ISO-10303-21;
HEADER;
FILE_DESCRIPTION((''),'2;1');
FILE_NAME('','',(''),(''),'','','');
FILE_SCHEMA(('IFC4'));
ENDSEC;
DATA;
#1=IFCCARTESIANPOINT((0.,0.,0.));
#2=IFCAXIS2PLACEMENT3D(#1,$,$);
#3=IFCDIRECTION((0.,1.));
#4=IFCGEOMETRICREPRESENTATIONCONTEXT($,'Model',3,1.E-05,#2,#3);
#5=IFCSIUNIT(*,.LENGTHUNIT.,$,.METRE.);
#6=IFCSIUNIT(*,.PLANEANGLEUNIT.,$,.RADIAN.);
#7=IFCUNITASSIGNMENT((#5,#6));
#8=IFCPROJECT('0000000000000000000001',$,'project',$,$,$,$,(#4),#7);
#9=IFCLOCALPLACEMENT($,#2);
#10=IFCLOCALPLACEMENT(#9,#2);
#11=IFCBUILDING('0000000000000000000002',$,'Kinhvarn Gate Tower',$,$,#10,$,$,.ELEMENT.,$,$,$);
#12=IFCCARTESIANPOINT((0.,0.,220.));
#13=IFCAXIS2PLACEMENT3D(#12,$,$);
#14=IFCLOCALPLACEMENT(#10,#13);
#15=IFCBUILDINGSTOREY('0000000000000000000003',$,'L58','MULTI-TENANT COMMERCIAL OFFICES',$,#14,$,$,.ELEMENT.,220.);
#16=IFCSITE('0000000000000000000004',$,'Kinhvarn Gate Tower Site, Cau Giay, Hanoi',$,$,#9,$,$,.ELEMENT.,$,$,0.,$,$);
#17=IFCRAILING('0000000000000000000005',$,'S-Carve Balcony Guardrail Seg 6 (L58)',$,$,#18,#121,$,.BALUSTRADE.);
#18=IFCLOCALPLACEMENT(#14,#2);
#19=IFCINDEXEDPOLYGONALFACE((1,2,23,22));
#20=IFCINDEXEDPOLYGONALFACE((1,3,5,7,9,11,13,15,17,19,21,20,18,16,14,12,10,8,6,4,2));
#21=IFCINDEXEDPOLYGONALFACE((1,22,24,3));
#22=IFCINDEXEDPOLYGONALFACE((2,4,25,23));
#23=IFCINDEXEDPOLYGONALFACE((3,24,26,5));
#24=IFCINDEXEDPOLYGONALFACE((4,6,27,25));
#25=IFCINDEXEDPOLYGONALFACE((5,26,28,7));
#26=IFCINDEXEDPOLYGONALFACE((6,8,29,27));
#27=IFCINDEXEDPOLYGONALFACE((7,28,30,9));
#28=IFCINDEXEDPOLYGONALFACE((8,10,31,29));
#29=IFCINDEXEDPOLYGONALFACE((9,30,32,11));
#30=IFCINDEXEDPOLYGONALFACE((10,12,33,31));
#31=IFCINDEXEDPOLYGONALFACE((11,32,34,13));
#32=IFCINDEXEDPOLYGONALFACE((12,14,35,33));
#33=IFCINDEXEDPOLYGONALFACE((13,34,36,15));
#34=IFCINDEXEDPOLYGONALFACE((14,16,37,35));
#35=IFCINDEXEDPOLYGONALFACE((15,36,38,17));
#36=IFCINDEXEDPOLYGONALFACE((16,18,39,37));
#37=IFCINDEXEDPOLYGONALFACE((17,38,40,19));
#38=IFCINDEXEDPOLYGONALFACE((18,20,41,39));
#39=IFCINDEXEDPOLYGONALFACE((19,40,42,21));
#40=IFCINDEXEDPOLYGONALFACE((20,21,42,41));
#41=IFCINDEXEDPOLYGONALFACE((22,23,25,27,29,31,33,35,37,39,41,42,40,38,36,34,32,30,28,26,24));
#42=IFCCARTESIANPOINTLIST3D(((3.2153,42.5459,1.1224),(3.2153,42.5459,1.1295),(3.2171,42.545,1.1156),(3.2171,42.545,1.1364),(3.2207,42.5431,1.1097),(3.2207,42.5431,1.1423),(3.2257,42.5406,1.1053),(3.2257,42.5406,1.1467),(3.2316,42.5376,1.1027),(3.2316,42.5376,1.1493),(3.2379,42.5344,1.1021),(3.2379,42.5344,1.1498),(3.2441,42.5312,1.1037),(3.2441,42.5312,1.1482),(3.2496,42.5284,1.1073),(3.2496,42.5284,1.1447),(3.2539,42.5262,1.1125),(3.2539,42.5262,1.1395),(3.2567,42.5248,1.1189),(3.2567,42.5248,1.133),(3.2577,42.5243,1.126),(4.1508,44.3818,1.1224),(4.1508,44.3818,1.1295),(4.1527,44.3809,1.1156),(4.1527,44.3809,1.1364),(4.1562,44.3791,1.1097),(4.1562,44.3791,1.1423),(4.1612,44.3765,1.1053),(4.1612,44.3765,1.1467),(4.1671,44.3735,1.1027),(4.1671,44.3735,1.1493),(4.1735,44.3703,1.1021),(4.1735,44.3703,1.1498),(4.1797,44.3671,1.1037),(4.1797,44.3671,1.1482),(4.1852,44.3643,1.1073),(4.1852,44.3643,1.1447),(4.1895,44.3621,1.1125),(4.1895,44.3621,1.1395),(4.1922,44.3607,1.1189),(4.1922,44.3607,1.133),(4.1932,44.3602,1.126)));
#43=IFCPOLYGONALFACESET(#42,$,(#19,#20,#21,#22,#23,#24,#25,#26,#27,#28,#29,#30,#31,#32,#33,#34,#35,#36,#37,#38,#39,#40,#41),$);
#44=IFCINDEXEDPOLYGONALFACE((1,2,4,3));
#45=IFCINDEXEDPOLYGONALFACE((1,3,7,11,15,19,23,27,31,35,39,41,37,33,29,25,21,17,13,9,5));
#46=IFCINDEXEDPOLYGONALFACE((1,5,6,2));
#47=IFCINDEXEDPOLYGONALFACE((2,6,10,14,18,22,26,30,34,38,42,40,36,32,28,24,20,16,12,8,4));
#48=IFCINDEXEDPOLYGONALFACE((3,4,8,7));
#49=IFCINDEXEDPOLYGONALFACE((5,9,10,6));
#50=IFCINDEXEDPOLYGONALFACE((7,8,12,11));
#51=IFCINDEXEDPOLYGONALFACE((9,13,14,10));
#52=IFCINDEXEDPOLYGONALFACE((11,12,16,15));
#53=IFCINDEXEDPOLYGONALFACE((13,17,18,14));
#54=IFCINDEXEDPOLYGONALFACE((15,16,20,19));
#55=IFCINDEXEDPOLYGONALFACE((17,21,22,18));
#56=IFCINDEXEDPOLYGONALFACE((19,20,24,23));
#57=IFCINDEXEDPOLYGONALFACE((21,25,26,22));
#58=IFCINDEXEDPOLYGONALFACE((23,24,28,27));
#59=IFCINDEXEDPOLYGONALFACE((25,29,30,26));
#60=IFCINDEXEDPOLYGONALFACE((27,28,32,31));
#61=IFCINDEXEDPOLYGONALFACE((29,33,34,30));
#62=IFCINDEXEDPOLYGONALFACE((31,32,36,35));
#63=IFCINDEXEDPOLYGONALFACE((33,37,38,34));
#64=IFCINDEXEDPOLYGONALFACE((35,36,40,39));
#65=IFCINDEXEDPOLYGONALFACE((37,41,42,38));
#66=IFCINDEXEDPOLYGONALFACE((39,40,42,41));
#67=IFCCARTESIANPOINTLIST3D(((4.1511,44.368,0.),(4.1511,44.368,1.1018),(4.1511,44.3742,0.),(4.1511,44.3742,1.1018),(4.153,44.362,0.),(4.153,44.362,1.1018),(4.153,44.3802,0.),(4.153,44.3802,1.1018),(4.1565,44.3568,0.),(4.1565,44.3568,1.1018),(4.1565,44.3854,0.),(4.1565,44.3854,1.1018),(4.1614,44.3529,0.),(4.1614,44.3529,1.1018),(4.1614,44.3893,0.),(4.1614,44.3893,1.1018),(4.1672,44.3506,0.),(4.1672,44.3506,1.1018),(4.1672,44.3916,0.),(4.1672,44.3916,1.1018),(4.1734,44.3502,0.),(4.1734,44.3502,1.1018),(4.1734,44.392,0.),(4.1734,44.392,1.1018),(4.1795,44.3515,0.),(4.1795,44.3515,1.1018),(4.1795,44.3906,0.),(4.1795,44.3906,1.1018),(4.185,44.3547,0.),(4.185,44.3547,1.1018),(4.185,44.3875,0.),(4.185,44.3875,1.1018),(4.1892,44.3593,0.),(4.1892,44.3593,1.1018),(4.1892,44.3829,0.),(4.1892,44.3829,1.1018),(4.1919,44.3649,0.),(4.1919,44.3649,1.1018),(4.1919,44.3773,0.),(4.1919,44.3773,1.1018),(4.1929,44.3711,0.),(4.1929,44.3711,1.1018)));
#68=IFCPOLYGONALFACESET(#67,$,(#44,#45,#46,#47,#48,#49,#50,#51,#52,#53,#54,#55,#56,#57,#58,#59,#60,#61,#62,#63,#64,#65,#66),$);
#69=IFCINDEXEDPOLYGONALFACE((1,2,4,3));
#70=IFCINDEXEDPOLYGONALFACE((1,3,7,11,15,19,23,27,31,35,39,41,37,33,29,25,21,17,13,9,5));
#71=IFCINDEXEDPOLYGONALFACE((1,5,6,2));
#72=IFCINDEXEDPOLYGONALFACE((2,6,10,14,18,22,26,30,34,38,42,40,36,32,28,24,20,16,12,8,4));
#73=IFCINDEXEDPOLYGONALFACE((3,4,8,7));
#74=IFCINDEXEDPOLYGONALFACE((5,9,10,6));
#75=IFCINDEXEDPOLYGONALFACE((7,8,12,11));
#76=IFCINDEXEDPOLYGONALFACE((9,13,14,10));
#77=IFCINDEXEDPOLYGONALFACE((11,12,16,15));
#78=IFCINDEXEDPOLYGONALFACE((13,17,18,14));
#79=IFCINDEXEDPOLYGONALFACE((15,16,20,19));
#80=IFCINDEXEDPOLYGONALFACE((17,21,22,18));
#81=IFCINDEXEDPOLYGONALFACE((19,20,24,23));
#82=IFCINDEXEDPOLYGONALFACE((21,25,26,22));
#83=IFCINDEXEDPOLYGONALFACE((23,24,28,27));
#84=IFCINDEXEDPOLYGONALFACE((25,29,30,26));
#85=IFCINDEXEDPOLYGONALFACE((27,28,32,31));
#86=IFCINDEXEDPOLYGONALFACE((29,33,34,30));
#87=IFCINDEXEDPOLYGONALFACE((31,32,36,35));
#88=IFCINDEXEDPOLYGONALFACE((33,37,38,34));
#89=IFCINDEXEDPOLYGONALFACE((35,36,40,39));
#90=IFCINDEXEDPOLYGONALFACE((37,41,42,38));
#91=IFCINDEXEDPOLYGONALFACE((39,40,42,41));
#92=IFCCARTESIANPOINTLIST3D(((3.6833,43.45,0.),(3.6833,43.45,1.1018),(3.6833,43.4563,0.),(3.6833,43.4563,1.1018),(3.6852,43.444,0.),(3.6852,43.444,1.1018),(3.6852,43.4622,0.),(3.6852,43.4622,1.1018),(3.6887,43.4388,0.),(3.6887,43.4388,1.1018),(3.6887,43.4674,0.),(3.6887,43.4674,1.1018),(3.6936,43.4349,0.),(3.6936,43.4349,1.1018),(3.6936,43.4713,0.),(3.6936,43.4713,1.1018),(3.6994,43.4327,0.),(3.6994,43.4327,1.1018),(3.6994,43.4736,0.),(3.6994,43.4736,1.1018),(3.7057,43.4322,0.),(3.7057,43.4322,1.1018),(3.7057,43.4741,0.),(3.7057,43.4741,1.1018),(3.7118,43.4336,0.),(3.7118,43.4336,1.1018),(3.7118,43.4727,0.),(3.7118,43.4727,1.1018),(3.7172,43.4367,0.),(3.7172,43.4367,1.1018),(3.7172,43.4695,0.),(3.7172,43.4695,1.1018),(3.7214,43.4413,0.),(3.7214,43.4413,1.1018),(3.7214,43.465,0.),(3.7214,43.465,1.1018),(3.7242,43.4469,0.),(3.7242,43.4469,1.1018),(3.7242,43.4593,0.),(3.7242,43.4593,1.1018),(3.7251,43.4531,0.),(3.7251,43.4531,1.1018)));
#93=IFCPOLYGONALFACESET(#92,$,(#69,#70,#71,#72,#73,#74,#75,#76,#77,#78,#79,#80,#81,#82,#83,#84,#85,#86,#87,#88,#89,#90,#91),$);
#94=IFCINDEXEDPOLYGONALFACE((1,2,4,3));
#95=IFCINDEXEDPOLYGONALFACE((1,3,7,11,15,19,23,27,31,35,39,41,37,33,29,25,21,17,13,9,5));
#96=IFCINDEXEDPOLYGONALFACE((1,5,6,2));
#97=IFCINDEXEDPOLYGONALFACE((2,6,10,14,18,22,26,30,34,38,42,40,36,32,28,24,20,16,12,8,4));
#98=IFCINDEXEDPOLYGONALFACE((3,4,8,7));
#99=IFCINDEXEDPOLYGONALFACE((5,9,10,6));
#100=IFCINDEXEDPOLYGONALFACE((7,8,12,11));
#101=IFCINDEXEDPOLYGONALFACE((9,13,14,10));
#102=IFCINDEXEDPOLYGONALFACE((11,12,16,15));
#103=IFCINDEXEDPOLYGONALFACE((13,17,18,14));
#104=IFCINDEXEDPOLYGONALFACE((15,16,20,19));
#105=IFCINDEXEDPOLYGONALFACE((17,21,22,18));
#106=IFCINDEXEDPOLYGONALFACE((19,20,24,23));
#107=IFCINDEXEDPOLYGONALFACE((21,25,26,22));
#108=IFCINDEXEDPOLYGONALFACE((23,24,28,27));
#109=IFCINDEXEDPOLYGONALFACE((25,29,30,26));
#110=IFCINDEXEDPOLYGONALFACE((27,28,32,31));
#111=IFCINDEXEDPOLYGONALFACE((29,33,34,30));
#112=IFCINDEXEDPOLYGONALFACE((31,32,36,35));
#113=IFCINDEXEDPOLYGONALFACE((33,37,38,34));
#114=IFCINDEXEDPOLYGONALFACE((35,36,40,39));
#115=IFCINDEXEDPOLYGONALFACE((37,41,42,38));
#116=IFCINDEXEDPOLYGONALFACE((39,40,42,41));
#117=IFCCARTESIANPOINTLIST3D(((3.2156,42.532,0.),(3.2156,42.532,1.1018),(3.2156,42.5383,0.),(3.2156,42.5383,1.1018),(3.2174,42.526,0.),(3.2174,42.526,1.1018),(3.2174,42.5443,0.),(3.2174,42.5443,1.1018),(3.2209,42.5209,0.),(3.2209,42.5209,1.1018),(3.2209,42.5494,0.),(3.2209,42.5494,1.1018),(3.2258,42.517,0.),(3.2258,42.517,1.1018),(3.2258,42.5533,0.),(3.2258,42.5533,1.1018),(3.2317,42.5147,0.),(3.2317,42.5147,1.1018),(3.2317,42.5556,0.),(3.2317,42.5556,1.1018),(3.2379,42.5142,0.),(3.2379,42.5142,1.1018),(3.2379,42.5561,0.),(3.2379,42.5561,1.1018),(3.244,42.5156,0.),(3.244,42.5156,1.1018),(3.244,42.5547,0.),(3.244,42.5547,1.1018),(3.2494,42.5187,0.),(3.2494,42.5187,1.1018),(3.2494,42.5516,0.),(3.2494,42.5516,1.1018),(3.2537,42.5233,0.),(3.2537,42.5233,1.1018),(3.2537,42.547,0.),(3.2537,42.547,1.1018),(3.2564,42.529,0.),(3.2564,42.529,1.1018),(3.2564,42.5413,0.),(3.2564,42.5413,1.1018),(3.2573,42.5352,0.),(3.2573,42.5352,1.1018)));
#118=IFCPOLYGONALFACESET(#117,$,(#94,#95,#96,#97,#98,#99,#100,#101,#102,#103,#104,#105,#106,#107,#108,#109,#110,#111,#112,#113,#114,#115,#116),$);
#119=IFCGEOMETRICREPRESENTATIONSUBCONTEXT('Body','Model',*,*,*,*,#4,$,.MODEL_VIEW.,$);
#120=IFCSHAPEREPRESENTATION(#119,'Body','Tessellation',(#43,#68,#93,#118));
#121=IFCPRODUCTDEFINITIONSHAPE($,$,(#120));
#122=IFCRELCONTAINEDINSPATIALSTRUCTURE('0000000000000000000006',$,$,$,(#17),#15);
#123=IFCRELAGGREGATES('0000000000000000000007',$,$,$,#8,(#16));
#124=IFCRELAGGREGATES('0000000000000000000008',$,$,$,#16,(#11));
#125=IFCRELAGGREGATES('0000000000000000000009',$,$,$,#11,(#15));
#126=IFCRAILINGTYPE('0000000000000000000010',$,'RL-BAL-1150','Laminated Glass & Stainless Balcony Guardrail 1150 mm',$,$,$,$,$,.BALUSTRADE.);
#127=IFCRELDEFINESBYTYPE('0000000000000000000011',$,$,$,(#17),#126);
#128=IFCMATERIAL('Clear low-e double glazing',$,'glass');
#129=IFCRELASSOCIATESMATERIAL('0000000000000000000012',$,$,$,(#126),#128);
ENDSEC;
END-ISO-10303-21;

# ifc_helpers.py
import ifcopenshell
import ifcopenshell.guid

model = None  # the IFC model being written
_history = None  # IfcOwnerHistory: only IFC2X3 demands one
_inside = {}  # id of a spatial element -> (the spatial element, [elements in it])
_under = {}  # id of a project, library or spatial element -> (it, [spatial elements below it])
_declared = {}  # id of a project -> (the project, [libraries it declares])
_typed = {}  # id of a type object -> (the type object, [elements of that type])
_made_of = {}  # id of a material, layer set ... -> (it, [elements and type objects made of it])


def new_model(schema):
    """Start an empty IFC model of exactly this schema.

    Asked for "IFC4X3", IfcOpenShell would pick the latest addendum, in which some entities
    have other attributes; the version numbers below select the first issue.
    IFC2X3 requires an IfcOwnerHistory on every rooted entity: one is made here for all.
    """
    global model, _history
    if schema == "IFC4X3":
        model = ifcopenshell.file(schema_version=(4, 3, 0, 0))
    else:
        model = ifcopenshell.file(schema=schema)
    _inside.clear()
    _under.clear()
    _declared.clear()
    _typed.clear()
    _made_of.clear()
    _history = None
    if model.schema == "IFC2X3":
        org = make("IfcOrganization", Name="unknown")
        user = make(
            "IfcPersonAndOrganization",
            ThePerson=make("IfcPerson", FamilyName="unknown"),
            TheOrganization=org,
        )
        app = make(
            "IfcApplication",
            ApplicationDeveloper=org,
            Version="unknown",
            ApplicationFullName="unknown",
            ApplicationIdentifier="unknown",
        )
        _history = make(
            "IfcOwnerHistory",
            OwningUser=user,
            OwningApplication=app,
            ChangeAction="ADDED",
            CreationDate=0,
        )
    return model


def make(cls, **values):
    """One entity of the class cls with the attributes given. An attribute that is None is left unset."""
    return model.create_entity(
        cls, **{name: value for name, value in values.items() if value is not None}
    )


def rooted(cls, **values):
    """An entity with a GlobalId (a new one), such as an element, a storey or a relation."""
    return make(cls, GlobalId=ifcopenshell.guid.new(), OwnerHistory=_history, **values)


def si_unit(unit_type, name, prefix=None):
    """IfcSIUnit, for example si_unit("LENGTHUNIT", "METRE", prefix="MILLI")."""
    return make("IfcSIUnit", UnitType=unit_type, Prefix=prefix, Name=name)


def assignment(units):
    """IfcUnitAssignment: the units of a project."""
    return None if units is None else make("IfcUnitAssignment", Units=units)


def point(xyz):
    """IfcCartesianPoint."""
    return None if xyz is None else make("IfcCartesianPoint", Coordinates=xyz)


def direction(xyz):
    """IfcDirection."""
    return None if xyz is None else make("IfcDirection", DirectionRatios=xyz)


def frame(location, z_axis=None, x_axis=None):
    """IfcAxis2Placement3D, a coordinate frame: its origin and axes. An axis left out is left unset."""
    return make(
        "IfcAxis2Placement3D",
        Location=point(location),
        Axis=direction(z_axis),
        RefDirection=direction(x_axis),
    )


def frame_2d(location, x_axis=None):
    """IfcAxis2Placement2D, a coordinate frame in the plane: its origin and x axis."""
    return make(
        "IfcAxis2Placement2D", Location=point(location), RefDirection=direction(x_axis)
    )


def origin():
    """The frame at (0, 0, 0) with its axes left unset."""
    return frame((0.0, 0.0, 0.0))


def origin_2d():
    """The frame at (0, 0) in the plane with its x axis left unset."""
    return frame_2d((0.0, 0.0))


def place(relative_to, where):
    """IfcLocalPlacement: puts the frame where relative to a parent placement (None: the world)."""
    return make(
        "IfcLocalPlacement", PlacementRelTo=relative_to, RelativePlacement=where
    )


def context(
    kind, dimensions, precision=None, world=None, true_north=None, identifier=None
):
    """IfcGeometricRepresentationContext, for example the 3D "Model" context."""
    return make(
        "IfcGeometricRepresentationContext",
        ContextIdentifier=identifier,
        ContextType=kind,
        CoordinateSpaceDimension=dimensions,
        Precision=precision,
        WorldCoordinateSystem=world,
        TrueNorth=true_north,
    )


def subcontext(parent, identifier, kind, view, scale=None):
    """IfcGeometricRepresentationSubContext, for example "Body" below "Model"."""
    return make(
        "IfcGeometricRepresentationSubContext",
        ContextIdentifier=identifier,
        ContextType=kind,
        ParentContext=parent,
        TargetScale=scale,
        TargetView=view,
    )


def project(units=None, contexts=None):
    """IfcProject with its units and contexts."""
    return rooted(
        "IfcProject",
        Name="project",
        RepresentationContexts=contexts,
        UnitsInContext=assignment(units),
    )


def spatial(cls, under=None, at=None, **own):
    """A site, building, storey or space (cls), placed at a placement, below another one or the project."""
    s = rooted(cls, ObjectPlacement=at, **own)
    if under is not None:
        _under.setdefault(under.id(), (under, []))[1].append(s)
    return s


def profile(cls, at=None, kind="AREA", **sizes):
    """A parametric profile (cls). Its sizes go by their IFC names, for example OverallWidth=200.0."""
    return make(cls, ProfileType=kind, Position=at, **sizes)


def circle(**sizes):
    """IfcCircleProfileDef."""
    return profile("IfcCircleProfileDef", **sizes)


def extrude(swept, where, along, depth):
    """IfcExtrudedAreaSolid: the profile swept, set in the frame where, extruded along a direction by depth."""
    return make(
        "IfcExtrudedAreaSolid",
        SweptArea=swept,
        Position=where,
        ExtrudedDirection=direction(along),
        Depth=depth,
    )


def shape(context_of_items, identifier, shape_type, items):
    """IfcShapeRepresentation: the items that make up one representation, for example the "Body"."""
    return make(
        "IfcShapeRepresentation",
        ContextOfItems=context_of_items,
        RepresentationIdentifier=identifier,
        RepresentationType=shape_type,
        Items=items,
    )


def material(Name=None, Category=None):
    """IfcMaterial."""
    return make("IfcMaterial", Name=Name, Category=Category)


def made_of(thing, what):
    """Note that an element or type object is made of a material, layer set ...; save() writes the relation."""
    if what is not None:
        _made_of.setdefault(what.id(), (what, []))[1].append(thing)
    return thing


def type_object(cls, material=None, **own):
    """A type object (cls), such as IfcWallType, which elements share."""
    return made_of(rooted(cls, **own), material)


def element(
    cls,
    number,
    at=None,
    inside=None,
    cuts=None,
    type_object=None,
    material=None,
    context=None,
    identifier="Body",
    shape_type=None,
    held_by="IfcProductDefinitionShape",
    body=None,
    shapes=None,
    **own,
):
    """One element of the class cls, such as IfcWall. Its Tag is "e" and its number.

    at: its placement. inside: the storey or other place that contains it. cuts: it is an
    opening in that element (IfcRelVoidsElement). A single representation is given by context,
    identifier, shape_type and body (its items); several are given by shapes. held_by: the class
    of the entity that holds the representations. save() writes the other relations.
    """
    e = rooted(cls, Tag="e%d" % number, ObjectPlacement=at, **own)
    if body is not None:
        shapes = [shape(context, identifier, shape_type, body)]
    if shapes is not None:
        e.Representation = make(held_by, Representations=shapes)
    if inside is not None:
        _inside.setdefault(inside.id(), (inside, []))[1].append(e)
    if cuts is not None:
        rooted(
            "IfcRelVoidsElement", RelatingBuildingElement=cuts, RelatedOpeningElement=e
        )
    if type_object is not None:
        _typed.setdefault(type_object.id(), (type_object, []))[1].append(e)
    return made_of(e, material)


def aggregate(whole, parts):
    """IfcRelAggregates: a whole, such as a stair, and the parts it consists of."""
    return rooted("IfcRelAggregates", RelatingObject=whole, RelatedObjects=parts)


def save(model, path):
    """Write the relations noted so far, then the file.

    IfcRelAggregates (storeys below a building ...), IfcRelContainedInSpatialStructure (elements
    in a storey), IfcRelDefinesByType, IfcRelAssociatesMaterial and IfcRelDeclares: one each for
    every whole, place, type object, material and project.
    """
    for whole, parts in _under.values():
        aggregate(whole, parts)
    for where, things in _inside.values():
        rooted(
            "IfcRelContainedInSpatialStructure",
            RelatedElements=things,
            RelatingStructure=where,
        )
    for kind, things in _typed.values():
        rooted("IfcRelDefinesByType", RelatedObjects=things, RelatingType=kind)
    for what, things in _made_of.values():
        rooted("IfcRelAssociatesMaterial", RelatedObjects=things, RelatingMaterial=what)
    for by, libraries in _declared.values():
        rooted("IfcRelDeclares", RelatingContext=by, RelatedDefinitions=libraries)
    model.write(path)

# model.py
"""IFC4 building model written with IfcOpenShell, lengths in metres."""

from ifc_helpers import new_model, si_unit, direction, frame, origin, origin_2d, place, context, subcontext, project, spatial, circle, extrude, material, type_object, element, save


model = new_model("IFC4")

# Units and contexts
model_context = context("Model", 3, precision=1e-05, world=origin(), true_north=direction((0.0, 1.0)))
body_context = subcontext(model_context, "Body", "Model", "MODEL_VIEW")
ifc_project = project(units=[si_unit("LENGTHUNIT", "METRE"), si_unit("PLANEANGLEUNIT", "RADIAN")], contexts=[model_context])

# Site, building, storey
site_placement = place(None, origin())
site = spatial("IfcSite", under=ifc_project, at=site_placement, Name="Kinhvarn Gate Tower Site, Cau Giay, Hanoi", CompositionType="ELEMENT", RefElevation=0.0)
building_placement = place(site_placement, origin())
building = spatial("IfcBuilding", under=site, at=building_placement, Name="Kinhvarn Gate Tower", CompositionType="ELEMENT")
storey_placement = place(building_placement, frame((0.0, 0.0, 220.0)))
storey = spatial("IfcBuildingStorey", under=building, at=storey_placement, Name="L58", Description="MULTI-TENANT COMMERCIAL OFFICES", CompositionType="ELEMENT", Elevation=220.0)

# Shared definitions
ifc_material_1 = material(Name="Clear low-e double glazing", Category="glass")

# Railing
railing_type = type_object("IfcRailingType", Name="RL-BAL-1150", Description="Laminated Glass & Stainless Balcony Guardrail 1150 mm", PredefinedType="BALUSTRADE", material=ifc_material_1)
railing_1_placement = place(storey_placement, frame((4.1719, 44.3711, 0.0)))
element("IfcRailing", 1, at=railing_1_placement, inside=storey, type_object=railing_type, Name="S-Carve Balcony Guardrail Seg 6 (L58)", PredefinedType="BALUSTRADE", context=body_context, shape_type="SweptSolid", body=[
    extrude(circle(Radius=0.0239, at=origin_2d()), frame((0.0, 0.0, 1.126), z_axis=(-0.454025, -0.890989, 0.0), x_axis=(0.890989, -0.454025, 0.0)), (0.0, 0.0, 1.0), 2.0605),
    extrude(circle(Radius=0.021, at=origin_2d()), origin(), (0.0, 0.0, 1.0), 1.1018),
    extrude(circle(Radius=0.021, at=origin_2d()), frame((-0.4678, -0.918, 0.0)), (0.0, 0.0, 1.0), 1.1018),
    extrude(circle(Radius=0.021, at=origin_2d()), frame((-0.9355, -1.8359, 0.0)), (0.0, 0.0, 1.0), 1.1018),
])

save(model, "model.ifc")
